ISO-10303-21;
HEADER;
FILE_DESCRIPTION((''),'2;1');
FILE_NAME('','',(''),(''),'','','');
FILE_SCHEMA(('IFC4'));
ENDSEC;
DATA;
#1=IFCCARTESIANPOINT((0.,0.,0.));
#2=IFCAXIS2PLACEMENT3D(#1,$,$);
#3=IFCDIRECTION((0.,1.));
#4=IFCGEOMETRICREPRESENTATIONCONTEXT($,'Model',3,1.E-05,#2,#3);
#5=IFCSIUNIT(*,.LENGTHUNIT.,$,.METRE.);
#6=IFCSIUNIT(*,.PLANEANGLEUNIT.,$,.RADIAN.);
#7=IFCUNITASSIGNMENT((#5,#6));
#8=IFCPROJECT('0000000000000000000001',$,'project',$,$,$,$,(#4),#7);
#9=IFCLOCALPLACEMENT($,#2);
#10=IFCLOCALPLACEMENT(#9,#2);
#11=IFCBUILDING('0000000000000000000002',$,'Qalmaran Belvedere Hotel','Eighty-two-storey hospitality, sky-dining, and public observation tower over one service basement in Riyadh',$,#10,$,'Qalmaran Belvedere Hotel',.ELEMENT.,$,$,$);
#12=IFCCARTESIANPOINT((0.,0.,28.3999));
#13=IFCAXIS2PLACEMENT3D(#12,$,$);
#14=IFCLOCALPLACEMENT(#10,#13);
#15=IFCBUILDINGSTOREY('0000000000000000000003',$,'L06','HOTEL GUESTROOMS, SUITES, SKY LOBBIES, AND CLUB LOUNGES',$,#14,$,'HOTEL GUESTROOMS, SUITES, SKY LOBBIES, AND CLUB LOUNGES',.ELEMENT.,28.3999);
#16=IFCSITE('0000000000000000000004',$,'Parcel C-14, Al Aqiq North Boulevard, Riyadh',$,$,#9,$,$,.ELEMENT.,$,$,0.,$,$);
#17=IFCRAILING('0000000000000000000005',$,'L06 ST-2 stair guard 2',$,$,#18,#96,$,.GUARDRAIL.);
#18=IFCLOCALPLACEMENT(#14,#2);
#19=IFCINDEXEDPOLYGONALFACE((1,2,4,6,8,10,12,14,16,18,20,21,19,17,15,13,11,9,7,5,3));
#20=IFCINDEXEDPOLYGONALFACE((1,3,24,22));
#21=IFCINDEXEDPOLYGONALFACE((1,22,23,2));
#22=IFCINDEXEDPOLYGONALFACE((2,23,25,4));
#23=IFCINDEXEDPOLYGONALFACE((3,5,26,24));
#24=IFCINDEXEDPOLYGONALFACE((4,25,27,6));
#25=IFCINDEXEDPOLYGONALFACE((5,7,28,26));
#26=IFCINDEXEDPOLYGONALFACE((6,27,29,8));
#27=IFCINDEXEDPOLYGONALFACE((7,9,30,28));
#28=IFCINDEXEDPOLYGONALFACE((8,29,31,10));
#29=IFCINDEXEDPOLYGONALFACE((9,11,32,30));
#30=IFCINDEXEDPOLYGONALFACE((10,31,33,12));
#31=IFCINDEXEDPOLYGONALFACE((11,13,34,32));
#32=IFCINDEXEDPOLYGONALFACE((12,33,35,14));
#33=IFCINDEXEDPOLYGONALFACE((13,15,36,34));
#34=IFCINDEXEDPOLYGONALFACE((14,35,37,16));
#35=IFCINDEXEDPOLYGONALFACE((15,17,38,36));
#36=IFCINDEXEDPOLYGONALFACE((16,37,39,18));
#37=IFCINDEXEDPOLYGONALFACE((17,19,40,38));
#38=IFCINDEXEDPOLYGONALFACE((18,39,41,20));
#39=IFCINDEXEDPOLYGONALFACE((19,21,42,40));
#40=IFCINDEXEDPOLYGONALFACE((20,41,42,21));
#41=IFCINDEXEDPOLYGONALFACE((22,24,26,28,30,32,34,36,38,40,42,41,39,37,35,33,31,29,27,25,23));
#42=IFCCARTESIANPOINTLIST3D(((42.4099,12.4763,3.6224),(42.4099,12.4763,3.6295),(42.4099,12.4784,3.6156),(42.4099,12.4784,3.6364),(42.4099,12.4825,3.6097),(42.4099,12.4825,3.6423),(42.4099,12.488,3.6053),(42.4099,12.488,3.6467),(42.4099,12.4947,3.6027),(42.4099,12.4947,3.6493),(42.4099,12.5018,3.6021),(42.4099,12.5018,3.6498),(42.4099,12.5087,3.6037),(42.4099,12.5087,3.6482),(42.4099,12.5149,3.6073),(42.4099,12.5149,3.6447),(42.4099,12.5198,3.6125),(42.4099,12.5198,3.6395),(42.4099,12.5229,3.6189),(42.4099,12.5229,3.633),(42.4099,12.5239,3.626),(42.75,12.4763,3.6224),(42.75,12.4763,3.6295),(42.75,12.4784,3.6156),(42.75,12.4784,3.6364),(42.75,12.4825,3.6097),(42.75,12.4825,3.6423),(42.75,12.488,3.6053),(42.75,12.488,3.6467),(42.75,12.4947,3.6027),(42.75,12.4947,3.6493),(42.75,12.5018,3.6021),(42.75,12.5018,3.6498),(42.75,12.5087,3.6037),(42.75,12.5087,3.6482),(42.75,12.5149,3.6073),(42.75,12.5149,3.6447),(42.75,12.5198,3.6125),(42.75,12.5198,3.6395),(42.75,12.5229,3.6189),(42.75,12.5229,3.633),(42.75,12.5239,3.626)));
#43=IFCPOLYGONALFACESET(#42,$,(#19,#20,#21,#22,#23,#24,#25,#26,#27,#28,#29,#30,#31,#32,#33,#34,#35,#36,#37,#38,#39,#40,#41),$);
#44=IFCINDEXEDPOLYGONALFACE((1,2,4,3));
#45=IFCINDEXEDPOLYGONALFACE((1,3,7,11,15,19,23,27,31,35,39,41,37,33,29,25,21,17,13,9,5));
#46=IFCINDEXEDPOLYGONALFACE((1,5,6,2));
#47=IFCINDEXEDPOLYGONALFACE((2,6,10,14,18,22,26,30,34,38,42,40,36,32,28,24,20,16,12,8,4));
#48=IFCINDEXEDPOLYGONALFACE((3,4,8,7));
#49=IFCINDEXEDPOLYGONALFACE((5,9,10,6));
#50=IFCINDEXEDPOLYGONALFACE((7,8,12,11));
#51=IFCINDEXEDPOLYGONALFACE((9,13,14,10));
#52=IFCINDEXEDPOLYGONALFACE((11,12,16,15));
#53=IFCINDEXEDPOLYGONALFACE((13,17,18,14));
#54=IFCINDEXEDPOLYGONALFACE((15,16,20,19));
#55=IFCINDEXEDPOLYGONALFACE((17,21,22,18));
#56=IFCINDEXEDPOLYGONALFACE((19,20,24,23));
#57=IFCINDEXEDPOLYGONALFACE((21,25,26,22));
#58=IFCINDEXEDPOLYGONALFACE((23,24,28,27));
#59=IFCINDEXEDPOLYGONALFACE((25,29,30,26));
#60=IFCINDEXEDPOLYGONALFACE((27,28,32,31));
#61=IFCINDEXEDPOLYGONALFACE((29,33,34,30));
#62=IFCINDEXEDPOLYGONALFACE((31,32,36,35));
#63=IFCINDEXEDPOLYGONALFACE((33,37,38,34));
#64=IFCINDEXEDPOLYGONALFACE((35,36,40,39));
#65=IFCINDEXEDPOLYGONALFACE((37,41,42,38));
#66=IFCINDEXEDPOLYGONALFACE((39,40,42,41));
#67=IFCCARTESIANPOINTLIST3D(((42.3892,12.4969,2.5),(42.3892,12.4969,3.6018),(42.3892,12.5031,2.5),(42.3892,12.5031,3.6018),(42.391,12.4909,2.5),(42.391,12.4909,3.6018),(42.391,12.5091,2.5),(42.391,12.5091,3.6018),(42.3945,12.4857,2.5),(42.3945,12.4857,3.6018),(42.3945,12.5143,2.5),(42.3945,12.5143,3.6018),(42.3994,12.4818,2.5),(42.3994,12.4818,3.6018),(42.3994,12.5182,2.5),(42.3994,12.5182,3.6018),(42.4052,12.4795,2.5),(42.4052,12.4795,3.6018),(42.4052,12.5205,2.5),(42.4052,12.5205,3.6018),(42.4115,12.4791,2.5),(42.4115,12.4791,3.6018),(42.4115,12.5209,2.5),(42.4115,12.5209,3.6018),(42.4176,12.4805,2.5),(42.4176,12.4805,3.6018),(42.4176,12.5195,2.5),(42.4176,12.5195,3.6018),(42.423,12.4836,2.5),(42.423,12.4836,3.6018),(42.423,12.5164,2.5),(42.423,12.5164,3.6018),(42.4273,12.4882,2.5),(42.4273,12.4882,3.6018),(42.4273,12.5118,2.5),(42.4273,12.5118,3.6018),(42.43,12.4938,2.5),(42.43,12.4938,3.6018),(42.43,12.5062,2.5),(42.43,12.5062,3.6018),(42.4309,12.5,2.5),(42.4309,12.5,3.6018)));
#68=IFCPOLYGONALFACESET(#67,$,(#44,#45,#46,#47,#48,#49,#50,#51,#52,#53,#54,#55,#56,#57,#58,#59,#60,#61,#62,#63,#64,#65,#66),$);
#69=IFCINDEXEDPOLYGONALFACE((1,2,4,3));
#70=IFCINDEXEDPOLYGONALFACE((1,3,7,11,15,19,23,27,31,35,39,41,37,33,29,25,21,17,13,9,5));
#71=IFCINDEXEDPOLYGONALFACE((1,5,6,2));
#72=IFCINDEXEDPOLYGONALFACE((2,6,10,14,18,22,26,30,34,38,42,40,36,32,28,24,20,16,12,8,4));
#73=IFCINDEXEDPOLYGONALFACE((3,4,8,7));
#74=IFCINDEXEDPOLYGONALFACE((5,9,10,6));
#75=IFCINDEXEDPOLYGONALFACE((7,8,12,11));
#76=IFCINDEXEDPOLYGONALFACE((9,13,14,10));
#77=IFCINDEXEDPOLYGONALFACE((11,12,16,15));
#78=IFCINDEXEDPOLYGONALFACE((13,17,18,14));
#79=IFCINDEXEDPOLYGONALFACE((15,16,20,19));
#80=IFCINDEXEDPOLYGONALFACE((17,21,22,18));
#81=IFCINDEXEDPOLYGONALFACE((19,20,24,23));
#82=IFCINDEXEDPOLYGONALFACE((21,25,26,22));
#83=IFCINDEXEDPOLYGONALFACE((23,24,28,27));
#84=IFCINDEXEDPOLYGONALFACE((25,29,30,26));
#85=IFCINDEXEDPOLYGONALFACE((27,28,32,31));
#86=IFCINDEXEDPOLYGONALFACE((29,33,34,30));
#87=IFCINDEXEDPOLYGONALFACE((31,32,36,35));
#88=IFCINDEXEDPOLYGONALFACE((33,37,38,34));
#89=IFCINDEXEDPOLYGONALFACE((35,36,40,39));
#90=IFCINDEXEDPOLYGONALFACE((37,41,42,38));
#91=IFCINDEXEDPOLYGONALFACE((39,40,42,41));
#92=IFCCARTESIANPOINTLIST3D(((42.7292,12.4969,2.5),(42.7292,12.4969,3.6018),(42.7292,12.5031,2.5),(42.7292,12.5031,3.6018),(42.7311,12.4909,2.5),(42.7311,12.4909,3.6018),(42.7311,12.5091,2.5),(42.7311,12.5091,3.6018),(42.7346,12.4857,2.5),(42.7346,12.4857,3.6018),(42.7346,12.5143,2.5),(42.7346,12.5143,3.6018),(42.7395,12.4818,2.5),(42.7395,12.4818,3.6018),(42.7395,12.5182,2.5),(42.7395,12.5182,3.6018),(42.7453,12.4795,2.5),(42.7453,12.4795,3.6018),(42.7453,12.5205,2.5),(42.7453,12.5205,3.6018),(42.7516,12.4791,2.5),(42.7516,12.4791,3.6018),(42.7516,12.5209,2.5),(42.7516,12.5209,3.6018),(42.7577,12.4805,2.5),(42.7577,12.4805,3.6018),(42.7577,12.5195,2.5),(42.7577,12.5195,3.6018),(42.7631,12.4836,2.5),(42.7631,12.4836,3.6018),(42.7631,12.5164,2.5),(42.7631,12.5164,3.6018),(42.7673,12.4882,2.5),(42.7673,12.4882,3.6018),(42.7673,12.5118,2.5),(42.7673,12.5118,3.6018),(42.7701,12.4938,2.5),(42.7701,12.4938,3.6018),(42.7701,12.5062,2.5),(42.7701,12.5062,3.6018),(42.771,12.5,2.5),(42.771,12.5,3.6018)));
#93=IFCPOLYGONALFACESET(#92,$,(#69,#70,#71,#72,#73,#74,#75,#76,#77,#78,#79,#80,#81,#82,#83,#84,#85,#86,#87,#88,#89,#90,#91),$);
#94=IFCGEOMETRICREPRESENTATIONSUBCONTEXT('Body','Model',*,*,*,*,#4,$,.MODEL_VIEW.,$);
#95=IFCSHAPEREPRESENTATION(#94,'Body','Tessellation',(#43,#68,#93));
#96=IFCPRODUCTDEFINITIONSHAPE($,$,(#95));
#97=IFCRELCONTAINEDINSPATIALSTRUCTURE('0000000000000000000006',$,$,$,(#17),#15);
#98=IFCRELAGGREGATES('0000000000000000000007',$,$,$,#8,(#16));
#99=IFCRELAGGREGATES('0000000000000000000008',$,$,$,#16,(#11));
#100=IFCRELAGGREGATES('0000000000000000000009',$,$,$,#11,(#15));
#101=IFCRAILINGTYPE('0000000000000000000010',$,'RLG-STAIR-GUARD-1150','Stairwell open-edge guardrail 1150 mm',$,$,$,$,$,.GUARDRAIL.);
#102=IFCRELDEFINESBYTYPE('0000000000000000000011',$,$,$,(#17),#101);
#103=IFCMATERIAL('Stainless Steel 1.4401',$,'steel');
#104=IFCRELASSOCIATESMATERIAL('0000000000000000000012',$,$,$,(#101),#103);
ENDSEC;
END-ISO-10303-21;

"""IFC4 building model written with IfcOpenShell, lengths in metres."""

from ifc_helpers import new_model, si_unit, direction, frame, origin, origin_2d, place, context, subcontext, project, spatial, circle, extrude, material, type_object, element, save


model = new_model("IFC4")

# Units and contexts
model_context = context("Model", 3, precision=1e-05, world=origin(), true_north=direction((0.0, 1.0)))
body_context = subcontext(model_context, "Body", "Model", "MODEL_VIEW")
ifc_project = project(units=[si_unit("LENGTHUNIT", "METRE"), si_unit("PLANEANGLEUNIT", "RADIAN")], contexts=[model_context])

# Site, building, storey
site_placement = place(None, origin())
site = spatial("IfcSite", under=ifc_project, at=site_placement, Name="Parcel C-14, Al Aqiq North Boulevard, Riyadh", CompositionType="ELEMENT", RefElevation=0.0)
building_placement = place(site_placement, origin())
building = spatial("IfcBuilding", under=site, at=building_placement, Name="Qalmaran Belvedere Hotel", Description="Eighty-two-storey hospitality, sky-dining, and public observation tower over one service basement in Riyadh", LongName="Qalmaran Belvedere Hotel", CompositionType="ELEMENT")
storey_placement = place(building_placement, frame((0.0, 0.0, 28.3999)))
storey = spatial("IfcBuildingStorey", under=building, at=storey_placement, Name="L06", Description="HOTEL GUESTROOMS, SUITES, SKY LOBBIES, AND CLUB LOUNGES", LongName="HOTEL GUESTROOMS, SUITES, SKY LOBBIES, AND CLUB LOUNGES", CompositionType="ELEMENT", Elevation=28.3999)

# Shared definitions
ifc_material_1 = material(Name="Stainless Steel 1.4401", Category="steel")

# Railing
railing_type_1 = type_object("IfcRailingType", Name="RLG-STAIR-GUARD-1150", Description="Stairwell open-edge guardrail 1150 mm", PredefinedType="GUARDRAIL", material=ifc_material_1)
railing_1_placement = place(storey_placement, frame((42.4099, 12.5, 2.5)))
element("IfcRailing", 1, at=railing_1_placement, inside=storey, type_object=railing_type_1, Name="L06 ST-2 stair guard 2", PredefinedType="GUARDRAIL", context=body_context, shape_type="SweptSolid", body=[
    extrude(circle(Radius=0.0239, at=origin_2d()), frame((0.0, 0.0, 1.126), z_axis=(1.0, 0.0, 0.0), x_axis=(0.0, 1.0, 0.0)), (0.0, 0.0, 1.0), 0.3401),
    extrude(circle(Radius=0.021, at=origin_2d()), origin(), (0.0, 0.0, 1.0), 1.1018),
    extrude(circle(Radius=0.021, at=origin_2d()), frame((0.3401, 0.0, 0.0)), (0.0, 0.0, 1.0), 1.1018),
])

save(model, "model.ifc")
